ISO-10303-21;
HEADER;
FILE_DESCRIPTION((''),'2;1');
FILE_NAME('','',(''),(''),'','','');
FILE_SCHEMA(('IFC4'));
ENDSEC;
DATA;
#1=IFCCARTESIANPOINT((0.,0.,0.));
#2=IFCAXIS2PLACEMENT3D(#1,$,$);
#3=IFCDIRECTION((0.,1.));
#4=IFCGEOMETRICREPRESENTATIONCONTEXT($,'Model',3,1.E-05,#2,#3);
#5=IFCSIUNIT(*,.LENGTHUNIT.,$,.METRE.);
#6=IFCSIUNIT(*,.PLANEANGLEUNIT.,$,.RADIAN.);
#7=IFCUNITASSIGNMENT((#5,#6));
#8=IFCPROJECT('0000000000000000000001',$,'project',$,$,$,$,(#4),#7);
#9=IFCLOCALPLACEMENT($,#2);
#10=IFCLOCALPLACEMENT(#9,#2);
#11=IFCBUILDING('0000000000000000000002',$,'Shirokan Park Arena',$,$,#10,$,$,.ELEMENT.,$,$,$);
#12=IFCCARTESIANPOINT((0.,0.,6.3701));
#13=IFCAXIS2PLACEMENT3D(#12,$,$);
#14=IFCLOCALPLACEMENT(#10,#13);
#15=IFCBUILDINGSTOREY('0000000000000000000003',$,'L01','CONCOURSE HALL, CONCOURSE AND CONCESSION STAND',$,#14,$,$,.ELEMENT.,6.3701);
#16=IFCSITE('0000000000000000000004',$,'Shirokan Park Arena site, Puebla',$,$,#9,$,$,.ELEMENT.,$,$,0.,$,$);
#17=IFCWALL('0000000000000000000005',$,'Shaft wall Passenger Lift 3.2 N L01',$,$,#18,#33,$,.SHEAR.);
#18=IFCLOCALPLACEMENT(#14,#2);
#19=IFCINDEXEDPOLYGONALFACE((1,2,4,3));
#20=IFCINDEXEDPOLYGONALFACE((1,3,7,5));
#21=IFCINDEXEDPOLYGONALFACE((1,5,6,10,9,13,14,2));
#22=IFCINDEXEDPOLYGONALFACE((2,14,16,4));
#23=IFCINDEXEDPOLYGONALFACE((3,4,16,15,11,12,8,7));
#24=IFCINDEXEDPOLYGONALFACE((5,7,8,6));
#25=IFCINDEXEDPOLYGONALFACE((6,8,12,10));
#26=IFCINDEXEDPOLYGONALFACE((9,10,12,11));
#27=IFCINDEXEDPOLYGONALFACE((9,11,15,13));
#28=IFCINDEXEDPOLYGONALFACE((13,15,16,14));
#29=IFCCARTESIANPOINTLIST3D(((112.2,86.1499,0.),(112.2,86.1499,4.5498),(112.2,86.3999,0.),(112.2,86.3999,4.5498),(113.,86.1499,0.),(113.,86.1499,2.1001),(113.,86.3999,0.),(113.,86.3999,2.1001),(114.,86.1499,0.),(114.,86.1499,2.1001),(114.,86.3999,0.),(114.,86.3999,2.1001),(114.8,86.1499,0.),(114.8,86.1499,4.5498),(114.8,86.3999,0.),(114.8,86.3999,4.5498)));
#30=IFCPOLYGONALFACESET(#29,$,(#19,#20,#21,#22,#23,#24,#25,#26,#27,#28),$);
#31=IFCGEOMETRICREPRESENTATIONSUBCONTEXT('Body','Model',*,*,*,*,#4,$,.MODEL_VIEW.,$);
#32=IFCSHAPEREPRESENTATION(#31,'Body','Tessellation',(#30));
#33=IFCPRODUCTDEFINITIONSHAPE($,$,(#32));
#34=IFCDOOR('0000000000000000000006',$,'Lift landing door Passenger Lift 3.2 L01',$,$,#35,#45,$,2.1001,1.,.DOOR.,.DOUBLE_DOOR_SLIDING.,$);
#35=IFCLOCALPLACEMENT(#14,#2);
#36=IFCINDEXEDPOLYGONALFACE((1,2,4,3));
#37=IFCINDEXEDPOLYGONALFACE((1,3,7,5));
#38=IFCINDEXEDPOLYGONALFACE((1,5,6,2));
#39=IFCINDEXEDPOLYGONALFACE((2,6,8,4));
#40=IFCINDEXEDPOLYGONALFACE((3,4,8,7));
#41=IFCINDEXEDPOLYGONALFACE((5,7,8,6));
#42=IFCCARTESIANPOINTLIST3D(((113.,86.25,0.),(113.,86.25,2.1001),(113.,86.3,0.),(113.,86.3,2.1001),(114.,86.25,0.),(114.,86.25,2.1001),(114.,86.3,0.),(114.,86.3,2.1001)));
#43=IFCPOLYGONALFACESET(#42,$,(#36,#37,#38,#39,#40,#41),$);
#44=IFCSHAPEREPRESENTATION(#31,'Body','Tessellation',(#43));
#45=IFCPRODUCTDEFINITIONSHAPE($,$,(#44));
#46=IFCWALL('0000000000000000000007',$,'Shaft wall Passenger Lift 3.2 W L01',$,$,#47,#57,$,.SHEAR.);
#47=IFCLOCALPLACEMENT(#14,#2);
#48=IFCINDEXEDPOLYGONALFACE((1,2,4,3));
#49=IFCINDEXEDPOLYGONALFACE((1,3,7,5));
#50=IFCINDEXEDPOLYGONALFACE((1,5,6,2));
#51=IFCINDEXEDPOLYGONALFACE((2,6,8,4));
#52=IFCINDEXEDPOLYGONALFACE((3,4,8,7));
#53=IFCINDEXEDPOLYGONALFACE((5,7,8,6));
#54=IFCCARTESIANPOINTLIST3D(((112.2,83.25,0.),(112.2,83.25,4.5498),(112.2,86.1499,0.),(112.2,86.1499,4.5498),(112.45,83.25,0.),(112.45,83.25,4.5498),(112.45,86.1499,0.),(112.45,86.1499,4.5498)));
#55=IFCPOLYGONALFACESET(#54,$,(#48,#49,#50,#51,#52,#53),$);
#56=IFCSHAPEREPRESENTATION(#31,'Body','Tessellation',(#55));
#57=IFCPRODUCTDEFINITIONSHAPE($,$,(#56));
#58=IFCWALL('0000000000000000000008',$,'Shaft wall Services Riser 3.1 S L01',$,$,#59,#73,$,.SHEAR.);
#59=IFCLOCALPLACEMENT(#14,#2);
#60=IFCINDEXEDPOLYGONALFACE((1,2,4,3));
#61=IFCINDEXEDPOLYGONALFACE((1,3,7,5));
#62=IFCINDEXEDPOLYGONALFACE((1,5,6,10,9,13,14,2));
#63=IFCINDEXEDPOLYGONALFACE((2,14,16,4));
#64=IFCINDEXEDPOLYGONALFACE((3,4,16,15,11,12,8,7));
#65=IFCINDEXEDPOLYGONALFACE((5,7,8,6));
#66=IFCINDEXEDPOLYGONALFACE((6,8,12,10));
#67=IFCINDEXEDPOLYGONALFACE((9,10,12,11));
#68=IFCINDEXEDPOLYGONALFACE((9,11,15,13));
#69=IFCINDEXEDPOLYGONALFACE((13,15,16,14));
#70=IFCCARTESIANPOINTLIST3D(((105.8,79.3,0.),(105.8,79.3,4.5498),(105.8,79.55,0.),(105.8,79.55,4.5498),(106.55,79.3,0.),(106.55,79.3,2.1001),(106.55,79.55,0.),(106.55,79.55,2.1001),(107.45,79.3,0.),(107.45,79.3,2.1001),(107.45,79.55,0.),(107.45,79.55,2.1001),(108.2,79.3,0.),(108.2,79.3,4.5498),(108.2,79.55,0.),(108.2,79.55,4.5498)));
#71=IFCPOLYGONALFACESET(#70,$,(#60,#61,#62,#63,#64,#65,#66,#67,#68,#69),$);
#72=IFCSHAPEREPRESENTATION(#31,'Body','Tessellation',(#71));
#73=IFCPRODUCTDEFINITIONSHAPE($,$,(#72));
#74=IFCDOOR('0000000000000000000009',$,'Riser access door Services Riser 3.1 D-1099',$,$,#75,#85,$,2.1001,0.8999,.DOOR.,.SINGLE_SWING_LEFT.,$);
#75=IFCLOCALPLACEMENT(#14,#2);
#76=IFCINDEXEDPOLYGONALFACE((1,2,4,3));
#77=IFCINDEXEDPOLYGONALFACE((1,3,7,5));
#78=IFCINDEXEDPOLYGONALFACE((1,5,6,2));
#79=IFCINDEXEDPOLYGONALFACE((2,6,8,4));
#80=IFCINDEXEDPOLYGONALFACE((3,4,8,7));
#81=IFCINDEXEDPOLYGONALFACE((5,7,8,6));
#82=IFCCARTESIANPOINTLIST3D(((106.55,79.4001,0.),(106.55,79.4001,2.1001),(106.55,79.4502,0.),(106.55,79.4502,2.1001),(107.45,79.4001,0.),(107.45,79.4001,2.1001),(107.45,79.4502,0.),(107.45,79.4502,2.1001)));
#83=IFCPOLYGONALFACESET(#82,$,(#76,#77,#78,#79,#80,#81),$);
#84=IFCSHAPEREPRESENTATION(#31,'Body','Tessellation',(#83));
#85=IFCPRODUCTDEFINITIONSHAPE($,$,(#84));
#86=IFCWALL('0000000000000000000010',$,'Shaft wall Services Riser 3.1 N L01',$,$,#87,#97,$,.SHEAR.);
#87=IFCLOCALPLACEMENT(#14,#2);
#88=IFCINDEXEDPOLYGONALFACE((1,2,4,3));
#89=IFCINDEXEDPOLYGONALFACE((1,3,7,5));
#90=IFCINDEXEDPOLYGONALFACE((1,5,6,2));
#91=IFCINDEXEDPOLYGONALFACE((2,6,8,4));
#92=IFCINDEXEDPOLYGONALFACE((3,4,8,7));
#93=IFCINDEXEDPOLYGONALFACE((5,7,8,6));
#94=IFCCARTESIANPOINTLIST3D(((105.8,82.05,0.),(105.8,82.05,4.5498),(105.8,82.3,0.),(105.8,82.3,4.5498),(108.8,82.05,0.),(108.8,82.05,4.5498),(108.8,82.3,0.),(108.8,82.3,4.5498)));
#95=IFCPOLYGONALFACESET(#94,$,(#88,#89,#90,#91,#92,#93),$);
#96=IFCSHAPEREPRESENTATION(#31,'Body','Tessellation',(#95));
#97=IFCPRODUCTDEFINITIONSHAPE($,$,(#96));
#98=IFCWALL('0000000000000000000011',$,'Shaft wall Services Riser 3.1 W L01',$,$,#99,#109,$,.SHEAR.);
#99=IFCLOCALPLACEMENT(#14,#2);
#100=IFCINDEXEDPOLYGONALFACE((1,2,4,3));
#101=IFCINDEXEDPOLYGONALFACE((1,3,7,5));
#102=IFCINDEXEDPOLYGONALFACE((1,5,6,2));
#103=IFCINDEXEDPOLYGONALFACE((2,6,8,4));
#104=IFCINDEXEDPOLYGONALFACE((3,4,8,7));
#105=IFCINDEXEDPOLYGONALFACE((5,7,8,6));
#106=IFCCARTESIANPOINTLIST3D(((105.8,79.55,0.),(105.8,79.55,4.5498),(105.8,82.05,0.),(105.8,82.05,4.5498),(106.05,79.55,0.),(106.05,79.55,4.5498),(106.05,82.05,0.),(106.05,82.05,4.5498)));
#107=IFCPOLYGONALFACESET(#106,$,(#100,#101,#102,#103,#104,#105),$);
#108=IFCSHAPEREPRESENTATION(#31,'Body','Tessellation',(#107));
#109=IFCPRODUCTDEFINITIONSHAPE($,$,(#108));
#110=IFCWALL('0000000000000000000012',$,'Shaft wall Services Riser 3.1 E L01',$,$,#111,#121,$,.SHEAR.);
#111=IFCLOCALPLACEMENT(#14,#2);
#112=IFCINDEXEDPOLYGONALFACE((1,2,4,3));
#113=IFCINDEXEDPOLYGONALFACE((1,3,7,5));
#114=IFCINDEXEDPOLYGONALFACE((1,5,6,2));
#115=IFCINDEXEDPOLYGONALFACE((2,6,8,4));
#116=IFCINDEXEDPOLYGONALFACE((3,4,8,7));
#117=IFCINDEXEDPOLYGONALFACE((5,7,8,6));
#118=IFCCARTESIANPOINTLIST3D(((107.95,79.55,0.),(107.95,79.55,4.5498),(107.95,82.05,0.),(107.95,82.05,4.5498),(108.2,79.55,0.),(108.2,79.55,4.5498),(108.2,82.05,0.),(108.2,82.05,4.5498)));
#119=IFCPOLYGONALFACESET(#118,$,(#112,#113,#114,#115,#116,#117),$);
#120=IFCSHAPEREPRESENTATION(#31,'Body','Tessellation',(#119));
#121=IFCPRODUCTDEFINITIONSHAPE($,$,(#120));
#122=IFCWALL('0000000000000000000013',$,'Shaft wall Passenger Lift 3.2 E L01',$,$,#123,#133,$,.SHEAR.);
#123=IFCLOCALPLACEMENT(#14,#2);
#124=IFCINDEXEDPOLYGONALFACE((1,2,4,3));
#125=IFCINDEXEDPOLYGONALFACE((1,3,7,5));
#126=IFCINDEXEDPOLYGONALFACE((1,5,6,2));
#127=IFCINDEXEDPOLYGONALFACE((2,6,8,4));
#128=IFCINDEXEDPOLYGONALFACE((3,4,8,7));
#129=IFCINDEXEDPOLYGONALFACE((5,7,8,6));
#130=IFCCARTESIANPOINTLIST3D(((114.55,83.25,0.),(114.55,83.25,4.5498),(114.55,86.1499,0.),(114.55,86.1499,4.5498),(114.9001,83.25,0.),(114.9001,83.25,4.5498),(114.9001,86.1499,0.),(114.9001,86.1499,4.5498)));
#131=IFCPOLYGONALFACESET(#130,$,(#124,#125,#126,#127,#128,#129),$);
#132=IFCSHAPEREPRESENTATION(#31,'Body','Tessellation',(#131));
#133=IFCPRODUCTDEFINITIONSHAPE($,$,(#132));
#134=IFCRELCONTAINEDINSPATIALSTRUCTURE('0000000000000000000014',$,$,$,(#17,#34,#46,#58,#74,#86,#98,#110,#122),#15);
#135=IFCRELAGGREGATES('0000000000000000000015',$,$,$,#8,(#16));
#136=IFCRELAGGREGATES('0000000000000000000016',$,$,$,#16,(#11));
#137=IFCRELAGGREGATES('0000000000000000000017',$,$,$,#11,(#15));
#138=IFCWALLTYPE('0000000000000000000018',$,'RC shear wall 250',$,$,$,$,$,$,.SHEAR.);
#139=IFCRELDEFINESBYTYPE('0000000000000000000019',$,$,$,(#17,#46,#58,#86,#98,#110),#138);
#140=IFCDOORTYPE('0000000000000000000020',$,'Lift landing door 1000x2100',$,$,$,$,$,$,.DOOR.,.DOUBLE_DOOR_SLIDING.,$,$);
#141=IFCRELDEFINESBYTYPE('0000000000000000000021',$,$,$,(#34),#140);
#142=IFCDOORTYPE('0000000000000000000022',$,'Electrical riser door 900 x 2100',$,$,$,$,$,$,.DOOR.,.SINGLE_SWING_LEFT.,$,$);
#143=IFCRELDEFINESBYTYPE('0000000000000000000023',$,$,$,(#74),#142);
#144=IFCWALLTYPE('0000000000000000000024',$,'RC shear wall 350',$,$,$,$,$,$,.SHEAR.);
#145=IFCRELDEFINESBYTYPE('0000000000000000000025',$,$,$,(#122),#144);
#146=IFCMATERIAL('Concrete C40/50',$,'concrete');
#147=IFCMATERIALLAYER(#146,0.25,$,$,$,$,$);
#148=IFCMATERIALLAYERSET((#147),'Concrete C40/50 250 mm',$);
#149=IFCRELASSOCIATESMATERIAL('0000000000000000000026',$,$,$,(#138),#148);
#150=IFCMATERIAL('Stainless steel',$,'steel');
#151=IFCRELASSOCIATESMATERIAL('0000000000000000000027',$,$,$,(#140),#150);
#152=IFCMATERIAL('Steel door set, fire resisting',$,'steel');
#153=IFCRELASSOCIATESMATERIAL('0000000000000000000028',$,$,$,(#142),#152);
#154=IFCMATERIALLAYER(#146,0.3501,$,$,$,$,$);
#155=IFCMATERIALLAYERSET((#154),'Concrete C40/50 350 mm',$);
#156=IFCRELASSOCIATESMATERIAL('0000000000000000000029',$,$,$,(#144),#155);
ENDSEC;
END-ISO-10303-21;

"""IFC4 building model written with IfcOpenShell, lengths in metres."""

from ifc_helpers import new_model, si_unit, direction, frame, frame_2d, origin, place, context, subcontext, project, spatial, rectangle, extrude, material, layer, layer_set, type_object, element, fill, save


model = new_model("IFC4")

# Units and contexts
model_context = context("Model", 3, precision=1e-05, world=origin(), true_north=direction((0.0, 1.0)))
body_context = subcontext(model_context, "Body", "Model", "MODEL_VIEW")
ifc_project = project(units=[si_unit("LENGTHUNIT", "METRE"), si_unit("PLANEANGLEUNIT", "RADIAN")], contexts=[model_context])

# Site, building, storey
site_placement = place(None, origin())
site = spatial("IfcSite", under=ifc_project, at=site_placement, Name="Shirokan Park Arena site, Puebla", CompositionType="ELEMENT", RefElevation=0.0)
building_placement = place(site_placement, origin())
building = spatial("IfcBuilding", under=site, at=building_placement, Name="Shirokan Park Arena", CompositionType="ELEMENT")
storey_placement = place(building_placement, frame((0.0, 0.0, 6.3701)))
storey = spatial("IfcBuildingStorey", under=building, at=storey_placement, Name="L01", Description="CONCOURSE HALL, CONCOURSE AND CONCESSION STAND", CompositionType="ELEMENT", Elevation=6.3701)

# Shared definitions
ifc_material_1 = material(Name="Concrete C40/50", Category="concrete")
ifc_layer_1 = layer(ifc_material_1, 0.25)
ifc_layer_set_1 = layer_set([ifc_layer_1], Name="Concrete C40/50 250 mm")
wall_type_1 = type_object("IfcWallType", Name="RC shear wall 250", PredefinedType="SHEAR", material=ifc_layer_set_1)

# Wall, opening, door
wall_1_placement = place(storey_placement, frame((114.8, 86.2749, 0.0), z_axis=(0.0, 0.0, 1.0), x_axis=(-1.0, 0.0, 0.0)))
wall_1 = element("IfcWall", 1, at=wall_1_placement, inside=storey, type_object=wall_type_1, Name="Shaft wall Passenger Lift 3.2 N L01", PredefinedType="SHEAR", context=body_context, shape_type="SweptSolid", body=[
    extrude(rectangle(XDim=2.6001, YDim=0.25, at=frame_2d((1.3, 0.0))), origin(), (0.0, 0.0, 1.0), 4.5498),
])
opening_1_placement = place(wall_1_placement, frame((0.8, 0.0, 0.0)))
opening_1 = element("IfcOpeningElement", 2, at=opening_1_placement, cuts=wall_1, PredefinedType="OPENING", context=body_context, shape_type="SweptSolid", body=[
    extrude(rectangle(XDim=1.0, YDim=2.1001, at=frame_2d((0.5, 1.05))), frame((0.0, 0.135, 0.0), z_axis=(0.0, -1.0, 0.0), x_axis=(1.0, 0.0, 0.0)), (0.0, 0.0, 1.0), 0.27),
])
ifc_material_2 = material(Name="Stainless steel", Category="steel")
door_type_1 = type_object("IfcDoorType", Name="Lift landing door 1000x2100", OperationType="DOUBLE_DOOR_SLIDING", PredefinedType="DOOR", material=ifc_material_2)
door_1_placement = place(opening_1_placement, origin())
door_1 = element("IfcDoor", 3, at=door_1_placement, inside=storey, type_object=door_type_1, Name="Lift landing door Passenger Lift 3.2 L01", OperationType="DOUBLE_DOOR_SLIDING", OverallHeight=2.1001, OverallWidth=1.0, PredefinedType="DOOR", context=body_context, shape_type="SweptSolid", body=[
    extrude(rectangle(XDim=1.0, YDim=2.1001, at=frame_2d((0.5, 1.05))), frame((0.0, 0.0249, 0.0), z_axis=(0.0, -1.0, 0.0), x_axis=(1.0, 0.0, 0.0)), (0.0, 0.0, 1.0), 0.05),
])
fill(opening_1, door_1)

# Wall
wall_2_placement = place(storey_placement, frame((112.325, 86.1499, 0.0), z_axis=(0.0, 0.0, 1.0), x_axis=(0.0, -1.0, 0.0)))
element("IfcWall", 4, at=wall_2_placement, inside=storey, type_object=wall_type_1, Name="Shaft wall Passenger Lift 3.2 W L01", PredefinedType="SHEAR", context=body_context, shape_type="SweptSolid", body=[
    extrude(rectangle(XDim=2.8999, YDim=0.25, at=frame_2d((1.45, 0.0))), origin(), (0.0, 0.0, 1.0), 4.5498),
])

# Wall, opening, door
wall_3_placement = place(storey_placement, frame((108.2, 79.425, 0.0), z_axis=(0.0, 0.0, 1.0), x_axis=(-1.0, 0.0, 0.0)))
wall_3 = element("IfcWall", 5, at=wall_3_placement, inside=storey, type_object=wall_type_1, Name="Shaft wall Services Riser 3.1 S L01", PredefinedType="SHEAR", context=body_context, shape_type="SweptSolid", body=[
    extrude(rectangle(XDim=2.3999, YDim=0.25, at=frame_2d((1.2, 0.0))), origin(), (0.0, 0.0, 1.0), 4.5498),
])
opening_2_placement = place(wall_3_placement, frame((0.75, 0.0, 0.0)))
opening_2 = element("IfcOpeningElement", 6, at=opening_2_placement, cuts=wall_3, PredefinedType="OPENING", context=body_context, shape_type="SweptSolid", body=[
    extrude(rectangle(XDim=0.8999, YDim=2.1001, at=frame_2d((0.45, 1.05))), frame((0.0, 0.135, 0.0), z_axis=(0.0, -1.0, 0.0), x_axis=(1.0, 0.0, 0.0)), (0.0, 0.0, 1.0), 0.27),
])
ifc_material_3 = material(Name="Steel door set, fire resisting", Category="steel")
door_type_2 = type_object("IfcDoorType", Name="Electrical riser door 900 x 2100", OperationType="SINGLE_SWING_LEFT", PredefinedType="DOOR", material=ifc_material_3)
door_2_placement = place(opening_2_placement, origin())
door_2 = element("IfcDoor", 7, at=door_2_placement, inside=storey, type_object=door_type_2, Name="Riser access door Services Riser 3.1 D-1099", OperationType="SINGLE_SWING_LEFT", OverallHeight=2.1001, OverallWidth=0.8999, PredefinedType="DOOR", context=body_context, shape_type="SweptSolid", body=[
    extrude(rectangle(XDim=0.8999, YDim=2.1001, at=frame_2d((0.45, 1.05))), frame((0.0, 0.0249, 0.0), z_axis=(0.0, -1.0, 0.0), x_axis=(1.0, 0.0, 0.0)), (0.0, 0.0, 1.0), 0.05),
])
fill(opening_2, door_2)

# Walls
wall_4_placement = place(storey_placement, frame((108.8, 82.175, 0.0), z_axis=(0.0, 0.0, 1.0), x_axis=(-1.0, 0.0, 0.0)))
element("IfcWall", 8, at=wall_4_placement, inside=storey, type_object=wall_type_1, Name="Shaft wall Services Riser 3.1 N L01", PredefinedType="SHEAR", context=body_context, shape_type="SweptSolid", body=[
    extrude(rectangle(XDim=3.0, YDim=0.25, at=frame_2d((1.5, 0.0))), origin(), (0.0, 0.0, 1.0), 4.5498),
])
for number, where, z_axis, x_axis, name in (
    (9, (105.925, 82.05, 0.0), (0.0, 0.0, 1.0), (0.0, -1.0, 0.0), "Shaft wall Services Riser 3.1 W L01"),
    (10, (108.075, 82.05, 0.0), (0.0, 0.0, 1.0), (0.0, -1.0, 0.0), "Shaft wall Services Riser 3.1 E L01"),
):
    element("IfcWall", number, at=place(storey_placement, frame(where, z_axis=z_axis, x_axis=x_axis)), inside=storey, type_object=wall_type_1, Name=name, PredefinedType="SHEAR", context=body_context, shape_type="SweptSolid", body=[
        extrude(rectangle(XDim=2.5, YDim=0.25, at=frame_2d((1.25, 0.0))), origin(), (0.0, 0.0, 1.0), 4.5498),
    ])
ifc_layer_2 = layer(ifc_material_1, 0.3501)
ifc_layer_set_2 = layer_set([ifc_layer_2], Name="Concrete C40/50 350 mm")
wall_type_2 = type_object("IfcWallType", Name="RC shear wall 350", PredefinedType="SHEAR", material=ifc_layer_set_2)
wall_5_placement = place(storey_placement, frame((114.7251, 86.1499, 0.0), z_axis=(0.0, 0.0, 1.0), x_axis=(0.0, -1.0, 0.0)))
element("IfcWall", 11, at=wall_5_placement, inside=storey, type_object=wall_type_2, Name="Shaft wall Passenger Lift 3.2 E L01", PredefinedType="SHEAR", context=body_context, shape_type="SweptSolid", body=[
    extrude(rectangle(XDim=2.8999, YDim=0.3501, at=frame_2d((1.45, 0.0))), origin(), (0.0, 0.0, 1.0), 4.5498),
])

save(model, "model.ifc")
